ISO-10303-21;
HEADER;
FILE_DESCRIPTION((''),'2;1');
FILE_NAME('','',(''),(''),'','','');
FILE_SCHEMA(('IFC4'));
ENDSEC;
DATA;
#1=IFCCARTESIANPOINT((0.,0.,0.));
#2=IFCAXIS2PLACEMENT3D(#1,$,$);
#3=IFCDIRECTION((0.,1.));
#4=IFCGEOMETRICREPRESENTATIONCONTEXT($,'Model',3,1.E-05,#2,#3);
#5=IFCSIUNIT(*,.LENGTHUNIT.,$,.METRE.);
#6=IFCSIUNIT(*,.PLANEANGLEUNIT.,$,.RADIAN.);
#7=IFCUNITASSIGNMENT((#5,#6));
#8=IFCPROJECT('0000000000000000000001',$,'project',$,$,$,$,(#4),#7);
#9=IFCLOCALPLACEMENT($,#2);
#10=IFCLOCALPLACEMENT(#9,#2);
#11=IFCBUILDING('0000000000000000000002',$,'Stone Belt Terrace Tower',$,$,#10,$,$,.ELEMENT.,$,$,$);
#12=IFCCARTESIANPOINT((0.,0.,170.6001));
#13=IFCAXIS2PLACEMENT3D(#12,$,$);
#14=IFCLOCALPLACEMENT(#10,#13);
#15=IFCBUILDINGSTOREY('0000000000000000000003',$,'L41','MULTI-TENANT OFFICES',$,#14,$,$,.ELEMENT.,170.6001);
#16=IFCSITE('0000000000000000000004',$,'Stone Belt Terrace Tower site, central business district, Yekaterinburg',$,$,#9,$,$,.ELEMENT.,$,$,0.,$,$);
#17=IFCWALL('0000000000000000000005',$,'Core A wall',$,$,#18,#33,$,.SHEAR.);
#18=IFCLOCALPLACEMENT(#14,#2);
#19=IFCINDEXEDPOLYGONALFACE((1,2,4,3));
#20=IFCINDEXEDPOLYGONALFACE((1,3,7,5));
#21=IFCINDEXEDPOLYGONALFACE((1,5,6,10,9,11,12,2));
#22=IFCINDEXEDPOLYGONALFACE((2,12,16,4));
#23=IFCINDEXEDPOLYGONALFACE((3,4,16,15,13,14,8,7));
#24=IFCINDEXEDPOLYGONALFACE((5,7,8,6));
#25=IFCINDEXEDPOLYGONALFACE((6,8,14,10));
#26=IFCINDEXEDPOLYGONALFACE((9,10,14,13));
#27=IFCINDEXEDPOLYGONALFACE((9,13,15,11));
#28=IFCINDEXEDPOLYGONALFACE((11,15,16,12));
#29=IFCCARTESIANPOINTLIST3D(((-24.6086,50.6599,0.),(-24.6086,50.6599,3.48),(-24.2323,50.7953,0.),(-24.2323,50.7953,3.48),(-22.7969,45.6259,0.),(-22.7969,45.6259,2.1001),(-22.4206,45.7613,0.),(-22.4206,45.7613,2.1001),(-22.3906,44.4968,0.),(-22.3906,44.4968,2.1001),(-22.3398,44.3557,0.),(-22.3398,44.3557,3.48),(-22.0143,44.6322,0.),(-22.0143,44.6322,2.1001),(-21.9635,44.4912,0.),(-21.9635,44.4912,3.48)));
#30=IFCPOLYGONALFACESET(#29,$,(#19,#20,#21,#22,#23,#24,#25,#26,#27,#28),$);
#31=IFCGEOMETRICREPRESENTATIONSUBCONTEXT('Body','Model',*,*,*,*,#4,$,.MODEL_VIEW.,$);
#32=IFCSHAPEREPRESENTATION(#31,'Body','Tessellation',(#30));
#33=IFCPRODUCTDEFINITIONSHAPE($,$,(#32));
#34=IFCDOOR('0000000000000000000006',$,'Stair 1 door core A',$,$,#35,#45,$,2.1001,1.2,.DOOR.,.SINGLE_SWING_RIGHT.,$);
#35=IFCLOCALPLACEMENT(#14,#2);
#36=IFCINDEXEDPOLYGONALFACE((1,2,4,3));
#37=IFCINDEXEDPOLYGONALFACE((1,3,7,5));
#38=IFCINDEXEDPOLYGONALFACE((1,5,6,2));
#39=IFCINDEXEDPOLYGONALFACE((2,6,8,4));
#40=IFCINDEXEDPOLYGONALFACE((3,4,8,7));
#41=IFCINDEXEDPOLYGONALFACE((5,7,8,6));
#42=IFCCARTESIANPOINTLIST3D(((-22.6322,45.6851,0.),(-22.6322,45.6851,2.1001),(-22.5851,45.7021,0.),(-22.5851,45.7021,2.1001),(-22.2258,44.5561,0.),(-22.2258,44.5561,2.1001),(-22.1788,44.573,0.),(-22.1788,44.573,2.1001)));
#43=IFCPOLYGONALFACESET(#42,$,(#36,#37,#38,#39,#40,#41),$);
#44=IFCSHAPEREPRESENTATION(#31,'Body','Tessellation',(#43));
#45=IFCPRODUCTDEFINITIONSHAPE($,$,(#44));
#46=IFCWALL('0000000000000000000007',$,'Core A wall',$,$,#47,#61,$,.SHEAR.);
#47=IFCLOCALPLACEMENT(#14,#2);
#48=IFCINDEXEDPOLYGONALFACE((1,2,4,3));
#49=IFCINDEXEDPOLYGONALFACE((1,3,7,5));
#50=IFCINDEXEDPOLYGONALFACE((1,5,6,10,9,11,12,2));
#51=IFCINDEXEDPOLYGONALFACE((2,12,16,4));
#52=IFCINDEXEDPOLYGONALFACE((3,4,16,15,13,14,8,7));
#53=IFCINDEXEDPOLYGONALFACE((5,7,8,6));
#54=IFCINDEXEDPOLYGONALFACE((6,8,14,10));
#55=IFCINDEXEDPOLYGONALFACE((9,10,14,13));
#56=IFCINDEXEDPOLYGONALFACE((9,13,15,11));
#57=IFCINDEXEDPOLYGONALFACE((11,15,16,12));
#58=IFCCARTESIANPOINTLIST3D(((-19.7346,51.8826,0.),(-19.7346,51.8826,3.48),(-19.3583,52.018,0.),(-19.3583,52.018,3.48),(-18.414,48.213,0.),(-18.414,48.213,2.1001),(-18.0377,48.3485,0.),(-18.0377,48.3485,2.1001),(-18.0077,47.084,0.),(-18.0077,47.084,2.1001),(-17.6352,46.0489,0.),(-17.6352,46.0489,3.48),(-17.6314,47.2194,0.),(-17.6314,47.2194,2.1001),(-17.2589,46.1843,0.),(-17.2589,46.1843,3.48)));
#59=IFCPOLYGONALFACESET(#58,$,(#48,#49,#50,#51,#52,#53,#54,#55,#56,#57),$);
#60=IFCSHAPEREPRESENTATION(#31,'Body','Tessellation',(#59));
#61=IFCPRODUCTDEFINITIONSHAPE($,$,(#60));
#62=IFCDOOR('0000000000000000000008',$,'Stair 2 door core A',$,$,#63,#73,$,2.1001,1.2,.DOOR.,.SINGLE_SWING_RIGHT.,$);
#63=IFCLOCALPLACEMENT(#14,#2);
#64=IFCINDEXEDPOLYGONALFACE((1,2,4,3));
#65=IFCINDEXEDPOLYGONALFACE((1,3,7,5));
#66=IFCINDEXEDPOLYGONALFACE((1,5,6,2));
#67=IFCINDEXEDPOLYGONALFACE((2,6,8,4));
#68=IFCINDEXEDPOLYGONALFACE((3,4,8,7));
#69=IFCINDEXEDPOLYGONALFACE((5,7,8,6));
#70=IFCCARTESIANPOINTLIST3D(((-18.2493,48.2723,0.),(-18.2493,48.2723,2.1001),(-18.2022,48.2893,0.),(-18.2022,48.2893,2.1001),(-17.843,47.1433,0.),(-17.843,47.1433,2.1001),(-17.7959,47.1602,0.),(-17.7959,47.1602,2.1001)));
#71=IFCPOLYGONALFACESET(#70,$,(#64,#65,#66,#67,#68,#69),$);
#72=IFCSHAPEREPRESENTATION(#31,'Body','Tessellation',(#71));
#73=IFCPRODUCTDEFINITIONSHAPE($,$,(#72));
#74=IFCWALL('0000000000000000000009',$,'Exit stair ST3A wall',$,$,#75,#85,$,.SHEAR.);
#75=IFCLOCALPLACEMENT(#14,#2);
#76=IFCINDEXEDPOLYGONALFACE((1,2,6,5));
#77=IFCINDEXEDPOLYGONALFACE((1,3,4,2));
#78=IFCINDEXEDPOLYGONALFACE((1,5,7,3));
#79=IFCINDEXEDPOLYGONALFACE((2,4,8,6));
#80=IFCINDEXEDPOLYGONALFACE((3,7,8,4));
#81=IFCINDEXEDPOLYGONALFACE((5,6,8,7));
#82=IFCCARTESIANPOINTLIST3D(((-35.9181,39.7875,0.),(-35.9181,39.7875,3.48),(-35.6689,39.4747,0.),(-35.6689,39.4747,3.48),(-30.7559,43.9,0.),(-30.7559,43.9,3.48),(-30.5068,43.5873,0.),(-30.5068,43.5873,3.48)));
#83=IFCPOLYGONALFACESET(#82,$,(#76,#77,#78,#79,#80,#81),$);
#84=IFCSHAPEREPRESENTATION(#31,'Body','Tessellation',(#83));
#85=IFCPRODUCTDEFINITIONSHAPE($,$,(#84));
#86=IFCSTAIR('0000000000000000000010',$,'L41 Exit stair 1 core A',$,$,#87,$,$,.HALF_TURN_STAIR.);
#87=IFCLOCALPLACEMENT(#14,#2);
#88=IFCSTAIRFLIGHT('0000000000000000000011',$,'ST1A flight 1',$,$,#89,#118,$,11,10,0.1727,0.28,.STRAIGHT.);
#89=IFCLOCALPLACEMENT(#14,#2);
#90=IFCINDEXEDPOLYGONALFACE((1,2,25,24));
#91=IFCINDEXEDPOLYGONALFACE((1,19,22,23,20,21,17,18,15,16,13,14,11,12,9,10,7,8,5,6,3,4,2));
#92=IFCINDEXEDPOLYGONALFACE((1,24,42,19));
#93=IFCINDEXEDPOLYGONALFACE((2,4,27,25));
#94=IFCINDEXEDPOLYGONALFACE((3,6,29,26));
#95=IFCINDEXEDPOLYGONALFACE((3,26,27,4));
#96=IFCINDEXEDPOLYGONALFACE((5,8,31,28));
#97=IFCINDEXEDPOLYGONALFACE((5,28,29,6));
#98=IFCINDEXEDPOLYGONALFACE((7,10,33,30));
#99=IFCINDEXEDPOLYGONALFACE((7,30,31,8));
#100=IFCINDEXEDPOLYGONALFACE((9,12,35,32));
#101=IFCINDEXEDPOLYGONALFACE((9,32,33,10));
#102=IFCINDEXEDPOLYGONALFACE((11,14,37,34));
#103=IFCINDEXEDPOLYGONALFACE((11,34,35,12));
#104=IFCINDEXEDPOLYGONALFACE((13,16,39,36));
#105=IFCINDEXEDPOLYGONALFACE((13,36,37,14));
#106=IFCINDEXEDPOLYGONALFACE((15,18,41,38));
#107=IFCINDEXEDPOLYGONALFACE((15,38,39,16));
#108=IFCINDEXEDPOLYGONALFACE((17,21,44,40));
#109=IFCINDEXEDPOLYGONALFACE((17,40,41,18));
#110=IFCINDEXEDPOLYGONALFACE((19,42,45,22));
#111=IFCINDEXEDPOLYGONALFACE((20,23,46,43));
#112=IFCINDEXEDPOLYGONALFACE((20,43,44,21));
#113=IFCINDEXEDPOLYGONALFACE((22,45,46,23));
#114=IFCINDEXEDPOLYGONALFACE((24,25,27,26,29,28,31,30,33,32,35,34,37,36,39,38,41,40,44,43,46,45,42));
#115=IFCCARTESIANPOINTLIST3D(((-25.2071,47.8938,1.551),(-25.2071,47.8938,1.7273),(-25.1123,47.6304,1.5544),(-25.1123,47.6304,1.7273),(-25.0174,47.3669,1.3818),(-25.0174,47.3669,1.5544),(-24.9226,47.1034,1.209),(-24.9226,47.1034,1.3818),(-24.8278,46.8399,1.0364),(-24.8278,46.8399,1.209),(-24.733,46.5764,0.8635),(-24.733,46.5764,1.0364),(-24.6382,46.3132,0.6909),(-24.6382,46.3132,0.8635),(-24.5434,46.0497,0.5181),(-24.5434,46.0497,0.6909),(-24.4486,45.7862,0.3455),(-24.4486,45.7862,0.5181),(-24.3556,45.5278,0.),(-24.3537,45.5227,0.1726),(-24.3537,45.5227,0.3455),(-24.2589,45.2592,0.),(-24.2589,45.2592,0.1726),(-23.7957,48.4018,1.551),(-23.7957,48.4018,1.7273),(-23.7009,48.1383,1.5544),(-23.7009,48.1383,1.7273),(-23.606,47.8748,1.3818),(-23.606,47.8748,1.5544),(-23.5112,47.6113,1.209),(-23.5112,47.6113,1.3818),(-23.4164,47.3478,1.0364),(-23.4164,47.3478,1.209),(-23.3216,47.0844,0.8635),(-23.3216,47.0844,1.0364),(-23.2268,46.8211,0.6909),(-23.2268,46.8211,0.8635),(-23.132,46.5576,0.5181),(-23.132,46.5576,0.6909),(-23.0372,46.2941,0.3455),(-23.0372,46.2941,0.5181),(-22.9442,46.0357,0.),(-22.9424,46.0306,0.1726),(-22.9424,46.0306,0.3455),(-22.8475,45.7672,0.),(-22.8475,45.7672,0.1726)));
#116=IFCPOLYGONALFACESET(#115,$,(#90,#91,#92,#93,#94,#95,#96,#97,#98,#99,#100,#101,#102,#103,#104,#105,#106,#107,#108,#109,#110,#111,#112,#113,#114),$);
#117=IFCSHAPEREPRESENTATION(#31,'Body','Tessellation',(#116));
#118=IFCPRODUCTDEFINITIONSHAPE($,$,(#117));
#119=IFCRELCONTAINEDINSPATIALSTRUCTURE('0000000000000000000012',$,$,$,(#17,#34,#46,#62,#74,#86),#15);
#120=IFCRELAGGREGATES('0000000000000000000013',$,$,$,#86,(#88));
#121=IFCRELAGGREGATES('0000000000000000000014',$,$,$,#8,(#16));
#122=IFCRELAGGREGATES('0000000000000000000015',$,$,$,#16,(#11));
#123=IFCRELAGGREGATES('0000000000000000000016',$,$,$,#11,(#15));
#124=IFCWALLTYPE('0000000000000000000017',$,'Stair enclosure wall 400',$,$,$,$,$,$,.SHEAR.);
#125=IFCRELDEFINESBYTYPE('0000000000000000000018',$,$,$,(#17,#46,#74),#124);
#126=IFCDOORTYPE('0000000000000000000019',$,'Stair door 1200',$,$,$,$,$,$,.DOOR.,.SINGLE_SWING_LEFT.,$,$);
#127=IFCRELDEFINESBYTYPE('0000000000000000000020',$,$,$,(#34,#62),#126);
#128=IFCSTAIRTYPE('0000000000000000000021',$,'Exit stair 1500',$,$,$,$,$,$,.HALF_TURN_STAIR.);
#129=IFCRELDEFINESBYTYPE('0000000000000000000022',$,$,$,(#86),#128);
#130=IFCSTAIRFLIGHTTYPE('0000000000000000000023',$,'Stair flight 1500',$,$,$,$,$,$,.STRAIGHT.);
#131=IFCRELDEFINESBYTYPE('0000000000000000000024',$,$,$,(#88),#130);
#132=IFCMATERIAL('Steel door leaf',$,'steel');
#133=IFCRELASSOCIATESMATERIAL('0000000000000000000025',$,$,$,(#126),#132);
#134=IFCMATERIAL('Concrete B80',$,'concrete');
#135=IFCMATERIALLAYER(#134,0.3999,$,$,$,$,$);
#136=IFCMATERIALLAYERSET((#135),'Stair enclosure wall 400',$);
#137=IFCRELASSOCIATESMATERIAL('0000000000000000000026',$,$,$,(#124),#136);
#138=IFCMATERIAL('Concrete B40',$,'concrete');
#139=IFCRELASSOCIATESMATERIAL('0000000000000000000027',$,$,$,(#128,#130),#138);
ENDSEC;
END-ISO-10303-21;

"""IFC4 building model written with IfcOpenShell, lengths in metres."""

from ifc_helpers import new_model, si_unit, direction, frame, frame_2d, origin, place, context, subcontext, project, spatial, polyline, rectangle, outline, extrude, material, layer, layer_set, type_object, element, fill, aggregate, save


model = new_model("IFC4")

# Units and contexts
model_context = context("Model", 3, precision=1e-05, world=origin(), true_north=direction((0.0, 1.0)))
body_context = subcontext(model_context, "Body", "Model", "MODEL_VIEW")
ifc_project = project(units=[si_unit("LENGTHUNIT", "METRE"), si_unit("PLANEANGLEUNIT", "RADIAN")], contexts=[model_context])

# Site, building, storey
site_placement = place(None, origin())
site = spatial("IfcSite", under=ifc_project, at=site_placement, Name="Stone Belt Terrace Tower site, central business district, Yekaterinburg", CompositionType="ELEMENT", RefElevation=0.0)
building_placement = place(site_placement, origin())
building = spatial("IfcBuilding", under=site, at=building_placement, Name="Stone Belt Terrace Tower", CompositionType="ELEMENT")
storey_placement = place(building_placement, frame((0.0, 0.0, 170.6001)))
storey = spatial("IfcBuildingStorey", under=building, at=storey_placement, Name="L41", Description="MULTI-TENANT OFFICES", CompositionType="ELEMENT", Elevation=170.6001)

# Shared definitions
ifc_material_1 = material(Name="Concrete B80", Category="concrete")

# Shared definitions
ifc_material_2 = material(Name="Steel door leaf", Category="steel")
door_type_1 = type_object("IfcDoorType", Name="Stair door 1200", OperationType="SINGLE_SWING_LEFT", PredefinedType="DOOR", material=ifc_material_2)

# Walls, openings, doors
ifc_layer_1 = layer(ifc_material_1, 0.3999)
ifc_layer_set_1 = layer_set([ifc_layer_1], Name="Stair enclosure wall 400")
wall_type_1 = type_object("IfcWallType", Name="Stair enclosure wall 400", PredefinedType="SHEAR", material=ifc_layer_set_1)
wall_1_placement = place(storey_placement, frame((-22.1516, 44.4233, 0.0), z_axis=(0.0, 0.0, 1.0), x_axis=(-0.338625, 0.940921, 0.0)))
wall_1 = element("IfcWall", 1, at=wall_1_placement, inside=storey, type_object=wall_type_1, Name="Core A wall", PredefinedType="SHEAR", context=body_context, shape_type="SweptSolid", body=[
    extrude(rectangle(XDim=6.7, YDim=0.3999, at=frame_2d((3.3501, 0.0))), origin(), (0.0, 0.0, 1.0), 3.48),
])
opening_1_placement = place(wall_1_placement, frame((0.1499, 0.0, 0.0)))
opening_1 = element("IfcOpeningElement", 2, at=opening_1_placement, cuts=wall_1, PredefinedType="OPENING", context=body_context, shape_type="SweptSolid", body=[
    extrude(rectangle(XDim=1.2, YDim=2.1001, at=frame_2d((0.6001, 1.05))), frame((0.0, 0.21, 0.0), z_axis=(0.0, -1.0, 0.0), x_axis=(1.0, 0.0, 0.0)), (0.0, 0.0, 1.0), 0.4199),
])
door_1_placement = place(opening_1_placement, origin())
door_1 = element("IfcDoor", 3, at=door_1_placement, inside=storey, type_object=door_type_1, Name="Stair 1 door core A", OperationType="SINGLE_SWING_RIGHT", OverallHeight=2.1001, OverallWidth=1.2, PredefinedType="DOOR", context=body_context, shape_type="SweptSolid", body=[
    extrude(rectangle(XDim=1.2, YDim=2.1001, at=frame_2d((0.6001, 1.05))), frame((0.0, 0.0249, 0.0), z_axis=(0.0, -1.0, 0.0), x_axis=(1.0, 0.0, 0.0)), (0.0, 0.0, 1.0), 0.05),
])
fill(opening_1, door_1)
wall_2_placement = place(storey_placement, frame((-17.447, 46.1165, 0.0), z_axis=(0.0, 0.0, 1.0), x_axis=(-0.338608, 0.940928, 0.0)))
wall_2 = element("IfcWall", 4, at=wall_2_placement, inside=storey, type_object=wall_type_1, Name="Core A wall", PredefinedType="SHEAR", context=body_context, shape_type="SweptSolid", body=[
    extrude(rectangle(XDim=6.2, YDim=0.3999, at=frame_2d((3.1001, 0.0))), origin(), (0.0, 0.0, 1.0), 3.48),
])
opening_2_placement = place(wall_2_placement, frame((1.1001, 0.0, 0.0)))
opening_2 = element("IfcOpeningElement", 5, at=opening_2_placement, cuts=wall_2, PredefinedType="OPENING", context=body_context, shape_type="SweptSolid", body=[
    extrude(rectangle(XDim=1.2, YDim=2.1001, at=frame_2d((0.6001, 1.05))), frame((0.0, 0.21, 0.0), z_axis=(0.0, -1.0, 0.0), x_axis=(1.0, 0.0, 0.0)), (0.0, 0.0, 1.0), 0.4199),
])
door_2_placement = place(opening_2_placement, origin())
door_2 = element("IfcDoor", 6, at=door_2_placement, inside=storey, type_object=door_type_1, Name="Stair 2 door core A", OperationType="SINGLE_SWING_RIGHT", OverallHeight=2.1001, OverallWidth=1.2, PredefinedType="DOOR", context=body_context, shape_type="SweptSolid", body=[
    extrude(rectangle(XDim=1.2, YDim=2.1001, at=frame_2d((0.6001, 1.05))), frame((0.0, 0.0249, 0.0), z_axis=(0.0, -1.0, 0.0), x_axis=(1.0, 0.0, 0.0)), (0.0, 0.0, 1.0), 0.05),
])
fill(opening_2, door_2)

# Wall
wall_3_placement = place(storey_placement, frame((-30.6313, 43.7437, 0.0), z_axis=(0.0, 0.0, 1.0), x_axis=(-0.782134, -0.62311, 0.0)))
element("IfcWall", 7, at=wall_3_placement, inside=storey, type_object=wall_type_1, Name="Exit stair ST3A wall", PredefinedType="SHEAR", context=body_context, shape_type="SweptSolid", body=[
    extrude(rectangle(XDim=6.6001, YDim=0.3999, at=frame_2d((3.3, 0.0))), origin(), (0.0, 0.0, 1.0), 3.48),
])

# Stair, stair flight
ifc_material_3 = material(Name="Concrete B40", Category="concrete")
stair_type = type_object("IfcStairType", Name="Exit stair 1500", PredefinedType="HALF_TURN_STAIR", material=ifc_material_3)
stair_placement = place(storey_placement, origin())
stair = element("IfcStair", 8, at=stair_placement, inside=storey, type_object=stair_type, Name="L41 Exit stair 1 core A", PredefinedType="HALF_TURN_STAIR")
stair_flight_type = type_object("IfcStairFlightType", Name="Stair flight 1500", PredefinedType="STRAIGHT", material=ifc_material_3)
stair_flight_placement = place(storey_placement, frame((-23.5532, 45.5132, 0.0), z_axis=(0.0, 0.0, 1.0), x_axis=(-0.338624, 0.940922, 0.0)))
stair_flight = element("IfcStairFlight", 9, at=stair_flight_placement, type_object=stair_flight_type, Name="ST1A flight 1", NumberOfRisers=11, NumberOfTreads=10, PredefinedType="STRAIGHT", RiserHeight=0.1727, TreadLength=0.28, context=body_context, shape_type="SweptSolid", body=[
    extrude(outline(polyline([(0.0, 0.0), (0.0, 0.1726), (0.28, 0.1726), (0.28, 0.3455), (0.5601, 0.3455), (0.5601, 0.5181), (0.8401, 0.5181), (0.8401, 0.6909), (1.1201, 0.6909), (1.1201, 0.8635), (1.3999, 0.8635), (1.3999, 1.0364), (1.6799, 1.0364), (1.6799, 1.209), (1.96, 1.209), (1.96, 1.3818), (2.24, 1.3818), (2.24, 1.5544), (2.52, 1.5544), (2.52, 1.7273), (2.8, 1.7273), (2.8, 1.8999), (2.8, 1.551), (0.2854, 0.0), (0.0, 0.0)])), frame((0.0, 0.75, 0.0), z_axis=(0.0, -1.0, 0.0), x_axis=(1.0, 0.0, 0.0)), (0.0, 0.0, 1.0), 1.5),
])
aggregate(stair, [stair_flight])

save(model, "model.ifc")
